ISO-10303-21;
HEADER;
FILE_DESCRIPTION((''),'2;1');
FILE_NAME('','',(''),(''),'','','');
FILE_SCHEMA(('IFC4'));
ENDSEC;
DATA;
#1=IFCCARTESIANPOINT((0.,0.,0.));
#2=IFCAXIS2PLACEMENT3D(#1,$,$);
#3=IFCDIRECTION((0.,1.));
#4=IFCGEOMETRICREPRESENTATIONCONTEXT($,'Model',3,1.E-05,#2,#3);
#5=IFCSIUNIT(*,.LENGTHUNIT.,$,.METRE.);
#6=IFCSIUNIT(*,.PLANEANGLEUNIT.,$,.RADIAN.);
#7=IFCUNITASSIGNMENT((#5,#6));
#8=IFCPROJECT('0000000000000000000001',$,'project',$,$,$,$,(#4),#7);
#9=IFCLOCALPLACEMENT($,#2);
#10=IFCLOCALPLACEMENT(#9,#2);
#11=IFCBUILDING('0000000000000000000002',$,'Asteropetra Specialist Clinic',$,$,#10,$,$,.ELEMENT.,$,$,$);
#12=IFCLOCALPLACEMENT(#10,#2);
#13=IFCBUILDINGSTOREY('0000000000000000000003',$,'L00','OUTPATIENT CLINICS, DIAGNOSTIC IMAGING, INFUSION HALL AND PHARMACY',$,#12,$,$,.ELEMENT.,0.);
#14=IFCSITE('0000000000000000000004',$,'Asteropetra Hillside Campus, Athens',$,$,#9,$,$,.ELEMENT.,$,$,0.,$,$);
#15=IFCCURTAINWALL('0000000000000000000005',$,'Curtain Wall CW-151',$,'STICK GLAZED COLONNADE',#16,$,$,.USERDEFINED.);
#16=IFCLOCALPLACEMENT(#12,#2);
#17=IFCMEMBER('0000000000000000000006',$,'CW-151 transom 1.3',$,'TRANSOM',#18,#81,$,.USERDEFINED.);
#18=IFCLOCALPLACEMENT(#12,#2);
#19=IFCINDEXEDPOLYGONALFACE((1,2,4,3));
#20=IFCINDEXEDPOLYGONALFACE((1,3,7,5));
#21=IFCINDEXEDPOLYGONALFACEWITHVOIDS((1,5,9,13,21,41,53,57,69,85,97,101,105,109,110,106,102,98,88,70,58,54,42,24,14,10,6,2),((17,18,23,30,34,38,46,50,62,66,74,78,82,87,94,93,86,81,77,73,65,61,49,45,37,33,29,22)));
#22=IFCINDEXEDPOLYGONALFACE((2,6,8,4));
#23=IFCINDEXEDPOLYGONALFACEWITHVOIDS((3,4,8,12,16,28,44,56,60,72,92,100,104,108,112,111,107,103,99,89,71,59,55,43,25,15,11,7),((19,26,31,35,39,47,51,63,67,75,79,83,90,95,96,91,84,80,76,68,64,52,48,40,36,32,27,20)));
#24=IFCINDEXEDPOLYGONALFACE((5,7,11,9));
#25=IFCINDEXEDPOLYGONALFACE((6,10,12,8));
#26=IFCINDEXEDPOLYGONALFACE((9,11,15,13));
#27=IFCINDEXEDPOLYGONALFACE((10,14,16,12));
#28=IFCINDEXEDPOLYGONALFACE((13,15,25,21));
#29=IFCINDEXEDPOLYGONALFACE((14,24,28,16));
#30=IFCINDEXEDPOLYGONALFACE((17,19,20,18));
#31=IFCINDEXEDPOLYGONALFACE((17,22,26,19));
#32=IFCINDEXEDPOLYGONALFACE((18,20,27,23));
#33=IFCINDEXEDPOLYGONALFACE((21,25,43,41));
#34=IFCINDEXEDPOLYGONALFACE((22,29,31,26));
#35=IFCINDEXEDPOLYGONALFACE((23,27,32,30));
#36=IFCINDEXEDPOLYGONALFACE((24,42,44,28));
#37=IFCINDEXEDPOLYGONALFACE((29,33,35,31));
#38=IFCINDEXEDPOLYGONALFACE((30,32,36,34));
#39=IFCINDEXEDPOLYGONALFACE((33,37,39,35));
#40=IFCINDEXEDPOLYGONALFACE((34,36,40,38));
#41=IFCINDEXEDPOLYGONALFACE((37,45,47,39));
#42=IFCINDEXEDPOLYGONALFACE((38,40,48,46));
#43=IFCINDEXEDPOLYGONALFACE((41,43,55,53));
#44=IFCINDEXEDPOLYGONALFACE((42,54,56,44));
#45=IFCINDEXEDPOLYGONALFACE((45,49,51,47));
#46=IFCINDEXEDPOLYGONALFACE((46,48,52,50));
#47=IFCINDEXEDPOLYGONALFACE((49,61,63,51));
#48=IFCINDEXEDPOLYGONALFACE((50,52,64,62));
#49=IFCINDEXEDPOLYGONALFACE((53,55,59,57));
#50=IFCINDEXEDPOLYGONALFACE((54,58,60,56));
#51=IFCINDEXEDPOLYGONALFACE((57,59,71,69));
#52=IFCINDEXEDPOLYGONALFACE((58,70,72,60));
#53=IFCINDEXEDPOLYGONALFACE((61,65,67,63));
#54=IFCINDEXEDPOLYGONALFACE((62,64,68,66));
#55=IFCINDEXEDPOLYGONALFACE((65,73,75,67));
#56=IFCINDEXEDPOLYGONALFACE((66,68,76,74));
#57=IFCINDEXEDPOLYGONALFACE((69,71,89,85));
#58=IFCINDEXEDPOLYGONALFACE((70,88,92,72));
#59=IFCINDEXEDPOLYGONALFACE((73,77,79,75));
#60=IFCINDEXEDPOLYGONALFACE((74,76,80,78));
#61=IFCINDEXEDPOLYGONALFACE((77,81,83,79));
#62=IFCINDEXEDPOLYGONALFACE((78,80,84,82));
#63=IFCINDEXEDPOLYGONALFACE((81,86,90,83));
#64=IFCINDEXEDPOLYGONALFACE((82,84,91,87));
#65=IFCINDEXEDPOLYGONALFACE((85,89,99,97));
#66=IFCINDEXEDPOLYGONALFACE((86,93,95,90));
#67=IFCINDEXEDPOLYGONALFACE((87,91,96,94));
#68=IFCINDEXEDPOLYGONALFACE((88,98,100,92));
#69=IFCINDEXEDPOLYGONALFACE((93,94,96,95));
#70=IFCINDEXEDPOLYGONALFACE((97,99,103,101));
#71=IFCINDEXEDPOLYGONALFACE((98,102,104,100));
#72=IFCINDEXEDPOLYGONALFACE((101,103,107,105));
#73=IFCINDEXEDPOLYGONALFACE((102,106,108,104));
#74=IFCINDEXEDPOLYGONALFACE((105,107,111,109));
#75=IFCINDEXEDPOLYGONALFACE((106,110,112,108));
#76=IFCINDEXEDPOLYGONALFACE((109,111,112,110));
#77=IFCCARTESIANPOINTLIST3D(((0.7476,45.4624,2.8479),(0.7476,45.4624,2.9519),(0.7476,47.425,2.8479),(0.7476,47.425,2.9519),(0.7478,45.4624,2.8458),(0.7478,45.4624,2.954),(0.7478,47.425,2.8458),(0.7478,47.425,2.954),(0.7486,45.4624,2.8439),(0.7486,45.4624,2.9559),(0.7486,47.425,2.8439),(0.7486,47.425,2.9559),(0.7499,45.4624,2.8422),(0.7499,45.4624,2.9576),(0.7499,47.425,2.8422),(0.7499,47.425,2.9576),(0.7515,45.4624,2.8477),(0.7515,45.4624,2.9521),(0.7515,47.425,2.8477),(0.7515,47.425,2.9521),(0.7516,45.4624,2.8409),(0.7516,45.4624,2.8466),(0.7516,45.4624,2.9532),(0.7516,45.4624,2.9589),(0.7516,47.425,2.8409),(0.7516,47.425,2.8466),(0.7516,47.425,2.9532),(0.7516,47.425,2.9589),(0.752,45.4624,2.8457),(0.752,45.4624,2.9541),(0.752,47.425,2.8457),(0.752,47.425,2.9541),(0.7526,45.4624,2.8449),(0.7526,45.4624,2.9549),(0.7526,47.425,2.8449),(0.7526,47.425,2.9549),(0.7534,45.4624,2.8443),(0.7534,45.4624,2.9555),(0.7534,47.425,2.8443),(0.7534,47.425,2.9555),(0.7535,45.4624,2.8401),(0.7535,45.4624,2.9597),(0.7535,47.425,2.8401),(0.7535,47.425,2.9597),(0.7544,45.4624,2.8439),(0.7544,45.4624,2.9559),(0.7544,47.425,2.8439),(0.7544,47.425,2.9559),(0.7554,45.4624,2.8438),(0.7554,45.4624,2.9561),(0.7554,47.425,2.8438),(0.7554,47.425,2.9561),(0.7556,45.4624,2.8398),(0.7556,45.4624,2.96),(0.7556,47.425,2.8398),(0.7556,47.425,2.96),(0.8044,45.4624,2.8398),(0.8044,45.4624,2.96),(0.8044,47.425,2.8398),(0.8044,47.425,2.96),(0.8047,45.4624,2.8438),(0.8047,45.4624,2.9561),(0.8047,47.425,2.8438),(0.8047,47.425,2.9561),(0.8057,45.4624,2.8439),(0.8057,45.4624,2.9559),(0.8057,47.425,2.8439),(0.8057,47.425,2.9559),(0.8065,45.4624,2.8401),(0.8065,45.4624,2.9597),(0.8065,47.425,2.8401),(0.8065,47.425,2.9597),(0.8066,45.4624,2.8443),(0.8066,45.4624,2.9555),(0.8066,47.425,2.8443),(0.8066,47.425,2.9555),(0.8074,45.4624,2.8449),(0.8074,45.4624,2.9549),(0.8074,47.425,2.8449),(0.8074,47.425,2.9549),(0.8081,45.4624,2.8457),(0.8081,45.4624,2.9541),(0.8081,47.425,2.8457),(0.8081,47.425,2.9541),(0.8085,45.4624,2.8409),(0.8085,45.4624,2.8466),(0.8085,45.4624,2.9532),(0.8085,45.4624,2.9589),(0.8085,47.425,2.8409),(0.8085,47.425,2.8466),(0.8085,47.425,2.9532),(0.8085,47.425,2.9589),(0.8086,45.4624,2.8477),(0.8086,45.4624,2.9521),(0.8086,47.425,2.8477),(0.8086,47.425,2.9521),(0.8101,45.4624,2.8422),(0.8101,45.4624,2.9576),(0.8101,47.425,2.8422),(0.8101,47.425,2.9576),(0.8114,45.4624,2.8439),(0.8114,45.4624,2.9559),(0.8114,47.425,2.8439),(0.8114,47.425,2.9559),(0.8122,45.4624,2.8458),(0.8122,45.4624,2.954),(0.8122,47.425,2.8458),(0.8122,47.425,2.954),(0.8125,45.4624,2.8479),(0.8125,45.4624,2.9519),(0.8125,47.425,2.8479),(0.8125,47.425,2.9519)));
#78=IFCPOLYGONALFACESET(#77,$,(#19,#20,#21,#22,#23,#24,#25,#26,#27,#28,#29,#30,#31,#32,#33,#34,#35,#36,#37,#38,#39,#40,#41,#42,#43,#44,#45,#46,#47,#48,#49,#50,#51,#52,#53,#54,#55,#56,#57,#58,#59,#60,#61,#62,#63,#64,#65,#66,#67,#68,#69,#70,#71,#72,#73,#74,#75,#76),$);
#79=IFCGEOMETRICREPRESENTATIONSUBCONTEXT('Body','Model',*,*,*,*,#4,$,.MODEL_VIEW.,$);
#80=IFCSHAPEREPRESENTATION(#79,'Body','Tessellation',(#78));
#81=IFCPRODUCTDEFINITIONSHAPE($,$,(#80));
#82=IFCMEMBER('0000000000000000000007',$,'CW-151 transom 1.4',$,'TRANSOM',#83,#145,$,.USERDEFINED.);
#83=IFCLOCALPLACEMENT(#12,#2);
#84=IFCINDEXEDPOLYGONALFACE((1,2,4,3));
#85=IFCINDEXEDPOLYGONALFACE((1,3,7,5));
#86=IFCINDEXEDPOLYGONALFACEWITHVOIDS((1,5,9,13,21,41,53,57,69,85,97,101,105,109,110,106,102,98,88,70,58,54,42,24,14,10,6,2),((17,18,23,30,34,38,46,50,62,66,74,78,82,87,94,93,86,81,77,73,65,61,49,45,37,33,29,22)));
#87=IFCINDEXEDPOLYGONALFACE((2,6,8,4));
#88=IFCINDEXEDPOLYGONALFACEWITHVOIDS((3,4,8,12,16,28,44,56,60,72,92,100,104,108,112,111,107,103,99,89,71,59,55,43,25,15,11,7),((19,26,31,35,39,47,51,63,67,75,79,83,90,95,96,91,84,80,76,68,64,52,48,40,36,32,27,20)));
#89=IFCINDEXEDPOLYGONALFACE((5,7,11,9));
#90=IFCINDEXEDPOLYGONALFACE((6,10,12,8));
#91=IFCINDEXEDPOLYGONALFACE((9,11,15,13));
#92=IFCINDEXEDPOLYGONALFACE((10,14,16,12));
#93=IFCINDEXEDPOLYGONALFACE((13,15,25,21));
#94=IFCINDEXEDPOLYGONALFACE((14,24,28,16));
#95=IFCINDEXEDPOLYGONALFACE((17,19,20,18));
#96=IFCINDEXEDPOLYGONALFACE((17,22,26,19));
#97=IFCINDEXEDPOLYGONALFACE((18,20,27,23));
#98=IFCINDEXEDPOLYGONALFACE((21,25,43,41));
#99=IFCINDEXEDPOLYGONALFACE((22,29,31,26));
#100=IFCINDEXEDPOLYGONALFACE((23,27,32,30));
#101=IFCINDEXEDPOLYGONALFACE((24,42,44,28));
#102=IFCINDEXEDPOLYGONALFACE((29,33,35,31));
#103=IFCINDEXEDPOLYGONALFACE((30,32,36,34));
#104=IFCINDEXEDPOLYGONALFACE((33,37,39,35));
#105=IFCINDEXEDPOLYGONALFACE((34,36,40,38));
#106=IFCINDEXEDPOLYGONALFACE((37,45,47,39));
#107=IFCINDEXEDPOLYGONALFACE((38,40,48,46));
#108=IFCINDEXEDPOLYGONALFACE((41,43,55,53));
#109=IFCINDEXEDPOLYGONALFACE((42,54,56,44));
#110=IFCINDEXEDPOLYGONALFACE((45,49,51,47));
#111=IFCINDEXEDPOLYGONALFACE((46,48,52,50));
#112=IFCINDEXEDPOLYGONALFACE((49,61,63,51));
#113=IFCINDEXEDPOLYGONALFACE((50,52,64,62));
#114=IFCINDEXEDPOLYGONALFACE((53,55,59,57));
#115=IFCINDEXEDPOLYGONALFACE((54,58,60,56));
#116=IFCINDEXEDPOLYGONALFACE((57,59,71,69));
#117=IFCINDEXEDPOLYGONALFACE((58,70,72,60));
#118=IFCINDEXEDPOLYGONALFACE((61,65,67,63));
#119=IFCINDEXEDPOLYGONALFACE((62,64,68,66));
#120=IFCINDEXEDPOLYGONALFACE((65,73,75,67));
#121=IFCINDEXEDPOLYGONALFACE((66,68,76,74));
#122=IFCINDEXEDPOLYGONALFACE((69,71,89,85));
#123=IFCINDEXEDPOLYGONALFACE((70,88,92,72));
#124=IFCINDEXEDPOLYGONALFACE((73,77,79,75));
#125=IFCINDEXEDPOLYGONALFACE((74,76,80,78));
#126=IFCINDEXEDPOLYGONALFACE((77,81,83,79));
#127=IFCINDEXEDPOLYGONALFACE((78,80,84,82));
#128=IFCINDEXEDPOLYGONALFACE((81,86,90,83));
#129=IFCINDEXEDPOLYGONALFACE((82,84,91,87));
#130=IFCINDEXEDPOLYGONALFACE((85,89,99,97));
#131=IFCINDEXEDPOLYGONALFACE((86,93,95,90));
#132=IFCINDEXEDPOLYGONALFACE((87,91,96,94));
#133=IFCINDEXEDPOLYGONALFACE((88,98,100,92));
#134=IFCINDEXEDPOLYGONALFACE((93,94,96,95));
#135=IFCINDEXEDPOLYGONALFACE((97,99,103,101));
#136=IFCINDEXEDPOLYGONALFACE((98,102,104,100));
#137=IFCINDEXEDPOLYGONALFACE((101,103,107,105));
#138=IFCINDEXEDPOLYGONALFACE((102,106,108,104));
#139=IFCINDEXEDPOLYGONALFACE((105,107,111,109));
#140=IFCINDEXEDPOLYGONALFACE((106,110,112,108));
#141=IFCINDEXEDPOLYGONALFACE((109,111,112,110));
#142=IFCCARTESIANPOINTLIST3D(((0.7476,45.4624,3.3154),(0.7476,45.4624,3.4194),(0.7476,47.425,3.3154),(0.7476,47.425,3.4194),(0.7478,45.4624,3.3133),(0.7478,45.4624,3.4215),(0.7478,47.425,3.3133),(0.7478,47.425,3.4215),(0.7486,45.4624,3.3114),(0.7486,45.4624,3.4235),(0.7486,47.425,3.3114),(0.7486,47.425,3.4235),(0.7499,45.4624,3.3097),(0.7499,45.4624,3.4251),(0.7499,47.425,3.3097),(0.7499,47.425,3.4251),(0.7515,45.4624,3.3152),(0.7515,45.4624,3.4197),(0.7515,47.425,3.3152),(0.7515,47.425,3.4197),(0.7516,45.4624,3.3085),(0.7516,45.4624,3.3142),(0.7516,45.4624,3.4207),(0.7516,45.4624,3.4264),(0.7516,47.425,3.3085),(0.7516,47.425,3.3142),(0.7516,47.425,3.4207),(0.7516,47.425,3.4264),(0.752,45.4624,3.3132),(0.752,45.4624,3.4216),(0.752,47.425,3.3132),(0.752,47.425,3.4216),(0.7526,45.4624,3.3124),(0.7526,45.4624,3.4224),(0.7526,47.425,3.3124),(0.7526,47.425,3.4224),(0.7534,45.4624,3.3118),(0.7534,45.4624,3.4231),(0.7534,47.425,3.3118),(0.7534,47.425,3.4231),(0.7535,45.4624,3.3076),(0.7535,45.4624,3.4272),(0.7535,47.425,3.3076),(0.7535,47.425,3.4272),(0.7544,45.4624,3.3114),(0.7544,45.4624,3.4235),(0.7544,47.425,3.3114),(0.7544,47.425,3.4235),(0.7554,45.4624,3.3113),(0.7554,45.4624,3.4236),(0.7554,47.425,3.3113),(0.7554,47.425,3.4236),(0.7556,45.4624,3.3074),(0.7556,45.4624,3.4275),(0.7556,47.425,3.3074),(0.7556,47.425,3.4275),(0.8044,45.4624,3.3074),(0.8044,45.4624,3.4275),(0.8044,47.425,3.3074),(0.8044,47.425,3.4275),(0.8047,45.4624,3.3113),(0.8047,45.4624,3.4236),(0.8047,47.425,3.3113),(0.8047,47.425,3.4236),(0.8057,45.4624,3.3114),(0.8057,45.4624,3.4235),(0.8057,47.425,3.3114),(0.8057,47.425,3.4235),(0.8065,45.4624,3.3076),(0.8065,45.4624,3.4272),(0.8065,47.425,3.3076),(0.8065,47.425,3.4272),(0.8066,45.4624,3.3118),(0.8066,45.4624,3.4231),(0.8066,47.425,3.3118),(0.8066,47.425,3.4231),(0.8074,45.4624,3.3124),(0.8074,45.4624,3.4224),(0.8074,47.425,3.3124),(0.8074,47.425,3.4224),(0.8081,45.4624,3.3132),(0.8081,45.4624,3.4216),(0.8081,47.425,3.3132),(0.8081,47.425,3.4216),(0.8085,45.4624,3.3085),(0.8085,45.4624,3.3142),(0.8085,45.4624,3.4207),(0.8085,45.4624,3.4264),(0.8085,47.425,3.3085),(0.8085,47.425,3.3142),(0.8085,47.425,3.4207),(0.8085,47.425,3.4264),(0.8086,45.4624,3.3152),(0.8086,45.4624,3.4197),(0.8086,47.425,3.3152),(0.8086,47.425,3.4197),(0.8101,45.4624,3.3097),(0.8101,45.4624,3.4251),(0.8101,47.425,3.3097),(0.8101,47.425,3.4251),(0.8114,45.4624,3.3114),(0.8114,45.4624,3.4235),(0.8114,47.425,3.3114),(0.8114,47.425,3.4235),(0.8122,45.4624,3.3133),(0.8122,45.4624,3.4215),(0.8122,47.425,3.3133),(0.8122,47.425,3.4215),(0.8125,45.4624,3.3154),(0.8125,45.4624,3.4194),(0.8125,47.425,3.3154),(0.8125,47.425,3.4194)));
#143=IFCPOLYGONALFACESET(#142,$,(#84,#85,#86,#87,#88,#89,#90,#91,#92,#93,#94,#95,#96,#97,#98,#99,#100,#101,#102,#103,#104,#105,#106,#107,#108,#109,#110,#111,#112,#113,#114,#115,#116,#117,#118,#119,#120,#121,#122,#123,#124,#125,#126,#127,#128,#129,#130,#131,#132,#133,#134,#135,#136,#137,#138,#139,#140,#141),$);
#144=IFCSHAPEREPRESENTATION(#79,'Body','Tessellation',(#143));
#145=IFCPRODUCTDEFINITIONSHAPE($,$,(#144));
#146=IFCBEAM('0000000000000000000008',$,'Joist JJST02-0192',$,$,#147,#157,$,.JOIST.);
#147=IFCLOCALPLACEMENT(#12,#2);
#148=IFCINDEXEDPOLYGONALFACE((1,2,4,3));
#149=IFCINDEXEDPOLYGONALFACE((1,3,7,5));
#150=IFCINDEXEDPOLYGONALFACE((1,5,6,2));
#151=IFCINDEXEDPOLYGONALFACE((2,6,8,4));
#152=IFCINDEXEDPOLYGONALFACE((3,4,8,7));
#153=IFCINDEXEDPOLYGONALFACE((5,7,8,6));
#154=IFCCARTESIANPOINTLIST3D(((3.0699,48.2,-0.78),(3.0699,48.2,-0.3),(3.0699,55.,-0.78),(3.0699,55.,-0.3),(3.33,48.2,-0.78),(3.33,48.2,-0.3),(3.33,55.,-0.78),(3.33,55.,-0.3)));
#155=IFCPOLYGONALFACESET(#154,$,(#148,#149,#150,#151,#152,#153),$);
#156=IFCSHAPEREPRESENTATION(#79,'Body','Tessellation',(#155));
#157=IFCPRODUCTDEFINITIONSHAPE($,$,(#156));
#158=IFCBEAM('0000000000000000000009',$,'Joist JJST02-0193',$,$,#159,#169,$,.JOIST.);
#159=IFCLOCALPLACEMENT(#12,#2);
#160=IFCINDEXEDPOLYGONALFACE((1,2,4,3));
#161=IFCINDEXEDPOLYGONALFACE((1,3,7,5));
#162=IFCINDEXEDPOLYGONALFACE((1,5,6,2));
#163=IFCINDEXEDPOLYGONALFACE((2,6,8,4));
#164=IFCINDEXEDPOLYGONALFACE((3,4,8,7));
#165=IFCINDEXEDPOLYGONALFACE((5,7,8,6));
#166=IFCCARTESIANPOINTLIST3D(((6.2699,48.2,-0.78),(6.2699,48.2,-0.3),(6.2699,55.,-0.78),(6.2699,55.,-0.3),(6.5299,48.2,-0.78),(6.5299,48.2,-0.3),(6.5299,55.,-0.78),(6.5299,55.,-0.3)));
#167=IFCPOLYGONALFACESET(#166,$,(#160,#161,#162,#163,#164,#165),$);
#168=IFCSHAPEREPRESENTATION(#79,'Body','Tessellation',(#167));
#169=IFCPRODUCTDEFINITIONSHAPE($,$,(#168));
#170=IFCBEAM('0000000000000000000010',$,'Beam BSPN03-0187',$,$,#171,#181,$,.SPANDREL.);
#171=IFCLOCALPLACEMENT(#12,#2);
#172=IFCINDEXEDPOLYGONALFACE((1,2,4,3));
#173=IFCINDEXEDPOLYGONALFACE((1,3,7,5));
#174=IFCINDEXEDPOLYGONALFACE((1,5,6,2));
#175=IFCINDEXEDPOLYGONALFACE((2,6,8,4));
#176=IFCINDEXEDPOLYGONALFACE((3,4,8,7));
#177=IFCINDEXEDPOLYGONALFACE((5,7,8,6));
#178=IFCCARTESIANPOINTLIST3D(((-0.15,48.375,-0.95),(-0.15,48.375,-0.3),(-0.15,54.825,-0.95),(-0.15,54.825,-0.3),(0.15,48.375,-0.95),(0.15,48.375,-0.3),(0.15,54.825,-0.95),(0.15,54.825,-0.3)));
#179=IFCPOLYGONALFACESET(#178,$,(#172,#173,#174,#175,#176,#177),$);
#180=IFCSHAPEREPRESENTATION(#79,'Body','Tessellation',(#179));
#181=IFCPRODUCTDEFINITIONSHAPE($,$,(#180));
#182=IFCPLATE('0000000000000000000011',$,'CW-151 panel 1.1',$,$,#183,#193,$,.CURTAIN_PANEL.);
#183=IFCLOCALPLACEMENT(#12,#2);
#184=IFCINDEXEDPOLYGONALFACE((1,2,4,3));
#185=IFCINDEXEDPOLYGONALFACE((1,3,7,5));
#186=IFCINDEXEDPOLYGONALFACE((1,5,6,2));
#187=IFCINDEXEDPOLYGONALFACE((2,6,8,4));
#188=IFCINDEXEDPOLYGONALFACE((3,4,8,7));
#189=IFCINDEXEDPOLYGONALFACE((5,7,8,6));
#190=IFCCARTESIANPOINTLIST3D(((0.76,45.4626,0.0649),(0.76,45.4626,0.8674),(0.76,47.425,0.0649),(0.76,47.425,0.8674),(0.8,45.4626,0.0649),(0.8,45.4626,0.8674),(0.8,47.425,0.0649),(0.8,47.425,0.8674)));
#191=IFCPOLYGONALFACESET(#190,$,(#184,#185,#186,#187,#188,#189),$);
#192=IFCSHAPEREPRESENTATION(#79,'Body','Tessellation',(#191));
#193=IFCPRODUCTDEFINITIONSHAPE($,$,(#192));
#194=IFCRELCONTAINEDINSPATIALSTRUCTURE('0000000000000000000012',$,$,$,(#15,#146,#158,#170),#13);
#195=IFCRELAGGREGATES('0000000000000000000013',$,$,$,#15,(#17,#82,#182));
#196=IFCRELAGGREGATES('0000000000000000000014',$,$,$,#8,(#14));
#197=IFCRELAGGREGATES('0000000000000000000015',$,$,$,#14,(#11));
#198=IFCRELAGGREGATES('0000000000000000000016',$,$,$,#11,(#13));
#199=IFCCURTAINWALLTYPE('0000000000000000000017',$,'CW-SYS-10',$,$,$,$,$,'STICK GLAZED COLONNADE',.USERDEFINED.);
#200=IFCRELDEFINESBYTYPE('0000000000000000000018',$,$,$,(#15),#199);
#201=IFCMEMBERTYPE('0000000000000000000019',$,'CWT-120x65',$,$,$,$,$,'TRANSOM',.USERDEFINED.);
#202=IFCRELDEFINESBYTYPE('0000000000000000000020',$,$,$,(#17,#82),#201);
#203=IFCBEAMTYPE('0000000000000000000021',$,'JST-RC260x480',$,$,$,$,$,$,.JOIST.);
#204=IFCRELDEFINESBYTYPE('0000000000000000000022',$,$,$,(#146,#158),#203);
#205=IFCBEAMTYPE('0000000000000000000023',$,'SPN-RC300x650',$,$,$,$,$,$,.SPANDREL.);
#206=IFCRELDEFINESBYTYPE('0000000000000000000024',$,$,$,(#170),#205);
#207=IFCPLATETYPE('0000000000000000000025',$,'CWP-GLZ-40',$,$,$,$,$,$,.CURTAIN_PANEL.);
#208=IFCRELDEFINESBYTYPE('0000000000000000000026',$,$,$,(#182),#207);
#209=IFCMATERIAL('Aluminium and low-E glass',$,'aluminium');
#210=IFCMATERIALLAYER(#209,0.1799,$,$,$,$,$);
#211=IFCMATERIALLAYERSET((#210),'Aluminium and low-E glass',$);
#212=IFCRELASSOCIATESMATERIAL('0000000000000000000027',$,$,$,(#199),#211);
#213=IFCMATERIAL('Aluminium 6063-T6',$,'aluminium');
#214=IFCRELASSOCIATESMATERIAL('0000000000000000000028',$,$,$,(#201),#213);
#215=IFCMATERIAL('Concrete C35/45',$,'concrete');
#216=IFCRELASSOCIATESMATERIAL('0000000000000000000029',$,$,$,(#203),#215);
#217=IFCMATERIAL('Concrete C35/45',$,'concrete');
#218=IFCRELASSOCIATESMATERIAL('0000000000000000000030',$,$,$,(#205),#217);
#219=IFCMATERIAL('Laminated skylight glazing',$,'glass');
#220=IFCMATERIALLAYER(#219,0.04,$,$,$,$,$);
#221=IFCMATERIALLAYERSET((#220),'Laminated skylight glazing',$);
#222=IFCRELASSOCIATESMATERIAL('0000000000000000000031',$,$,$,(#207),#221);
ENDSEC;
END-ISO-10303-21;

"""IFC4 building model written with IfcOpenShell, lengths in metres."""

from ifc_helpers import new_model, si_unit, direction, frame, origin, origin_2d, place, context, subcontext, project, spatial, rectangle, hollow_rectangle, extrude, material, layer, layer_set, material_profile, profile_set, type_object, element, aggregate, save


model = new_model("IFC4")

# Units and contexts
model_context = context("Model", 3, precision=1e-05, world=origin(), true_north=direction((0.0, 1.0)))
body_context = subcontext(model_context, "Body", "Model", "MODEL_VIEW")
ifc_project = project(units=[si_unit("LENGTHUNIT", "METRE"), si_unit("PLANEANGLEUNIT", "RADIAN")], contexts=[model_context])

# Site, building, storey
site_placement = place(None, origin())
site = spatial("IfcSite", under=ifc_project, at=site_placement, Name="Asteropetra Hillside Campus, Athens", CompositionType="ELEMENT", RefElevation=0.0)
building_placement = place(site_placement, origin())
building = spatial("IfcBuilding", under=site, at=building_placement, Name="Asteropetra Specialist Clinic", CompositionType="ELEMENT")
storey_placement = place(building_placement, origin())
storey = spatial("IfcBuildingStorey", under=building, at=storey_placement, Name="L00", Description="OUTPATIENT CLINICS, DIAGNOSTIC IMAGING, INFUSION HALL AND PHARMACY", CompositionType="ELEMENT", Elevation=0.0)

# Curtain wall, members
ifc_material_1 = material(Name="Aluminium and low-E glass", Category="aluminium")
ifc_layer_1 = layer(ifc_material_1, 0.1799)
ifc_layer_set_1 = layer_set([ifc_layer_1], Name="Aluminium and low-E glass")
curtain_wall_type = type_object("IfcCurtainWallType", Name="CW-SYS-10", ElementType="STICK GLAZED COLONNADE", PredefinedType="USERDEFINED", material=ifc_layer_set_1)
curtain_wall_placement = place(storey_placement, origin())
curtain_wall = element("IfcCurtainWall", 1, at=curtain_wall_placement, inside=storey, type_object=curtain_wall_type, Name="Curtain Wall CW-151", ObjectType="STICK GLAZED COLONNADE", PredefinedType="USERDEFINED")
ifc_material_2 = material(Name="Aluminium 6063-T6", Category="aluminium")
ifc_material_profile_1 = material_profile(ifc_material_2, hollow_rectangle(XDim=0.0649, YDim=0.1201, WallThickness=0.0039, InnerFilletRadius=0.0039, OuterFilletRadius=0.0081, at=origin_2d()), Name="TRN 120x65x4.0")
ifc_profile_set_1 = profile_set([ifc_material_profile_1], Name="Aluminium 6063-T6")
member_type_1 = type_object("IfcMemberType", Name="CWT-120x65", ElementType="TRANSOM", PredefinedType="USERDEFINED", material=ifc_profile_set_1)
member_1_placement = place(storey_placement, frame((0.78, 47.425, 2.8999), z_axis=(0.0, -1.0, 0.0), x_axis=(1.0, 0.0, 0.0)))
member_1 = element("IfcMember", 2, at=member_1_placement, type_object=member_type_1, Name="CW-151 transom 1.3", ObjectType="TRANSOM", PredefinedType="USERDEFINED", context=body_context, shape_type="SweptSolid", body=[
    extrude(hollow_rectangle(XDim=0.0649, YDim=0.1201, WallThickness=0.0039, InnerFilletRadius=0.0039, OuterFilletRadius=0.0081, at=origin_2d()), origin(), (0.0, 0.0, 1.0), 1.9626),
])
member_2_placement = place(storey_placement, frame((0.78, 47.425, 3.3674), z_axis=(0.0, -1.0, 0.0), x_axis=(1.0, 0.0, 0.0)))
member_2 = element("IfcMember", 3, at=member_2_placement, type_object=member_type_1, Name="CW-151 transom 1.4", ObjectType="TRANSOM", PredefinedType="USERDEFINED", context=body_context, shape_type="SweptSolid", body=[
    extrude(hollow_rectangle(XDim=0.0649, YDim=0.1201, WallThickness=0.0039, InnerFilletRadius=0.0039, OuterFilletRadius=0.0081, at=origin_2d()), origin(), (0.0, 0.0, 1.0), 1.9626),
])

# Beams
ifc_material_3 = material(Name="Concrete C35/45", Category="concrete")
ifc_material_profile_2 = material_profile(ifc_material_3, rectangle(XDim=0.26, YDim=0.48, at=origin_2d()), Name="RCJ 260x480")
ifc_profile_set_2 = profile_set([ifc_material_profile_2], Name="Concrete C35/45")
beam_type_1 = type_object("IfcBeamType", Name="JST-RC260x480", PredefinedType="JOIST", material=ifc_profile_set_2)
for number, where, z_axis, x_axis, name in (
    (4, (3.2, 48.2, -0.54), (0.0, 1.0, 0.0), (-1.0, 0.0, 0.0), "Joist JJST02-0192"),
    (5, (6.3999, 48.2, -0.54), (0.0, 1.0, 0.0), (-1.0, 0.0, 0.0), "Joist JJST02-0193"),
):
    element("IfcBeam", number, at=place(storey_placement, frame(where, z_axis=z_axis, x_axis=x_axis)), inside=storey, type_object=beam_type_1, Name=name, PredefinedType="JOIST", context=body_context, shape_type="SweptSolid", body=[
        extrude(rectangle(XDim=0.26, YDim=0.48, at=origin_2d()), origin(), (0.0, 0.0, 1.0), 6.8),
    ])
ifc_material_4 = material(Name="Concrete C35/45", Category="concrete")
ifc_material_profile_3 = material_profile(ifc_material_4, rectangle(XDim=0.3, YDim=0.6499, at=origin_2d()), Name="RCS 300x650")
ifc_profile_set_3 = profile_set([ifc_material_profile_3], Name="Concrete C35/45")
beam_type_2 = type_object("IfcBeamType", Name="SPN-RC300x650", PredefinedType="SPANDREL", material=ifc_profile_set_3)
beam_1_placement = place(storey_placement, frame((0.0, 48.375, -0.625), z_axis=(0.0, 1.0, 0.0), x_axis=(-1.0, 0.0, 0.0)))
element("IfcBeam", 6, at=beam_1_placement, inside=storey, type_object=beam_type_2, Name="Beam BSPN03-0187", PredefinedType="SPANDREL", context=body_context, shape_type="SweptSolid", body=[
    extrude(rectangle(XDim=0.3, YDim=0.6499, at=origin_2d()), origin(), (0.0, 0.0, 1.0), 6.45),
])

# Plate
ifc_material_5 = material(Name="Laminated skylight glazing", Category="glass")
ifc_layer_2 = layer(ifc_material_5, 0.04)
ifc_layer_set_2 = layer_set([ifc_layer_2], Name="Laminated skylight glazing")
plate_type = type_object("IfcPlateType", Name="CWP-GLZ-40", PredefinedType="CURTAIN_PANEL", material=ifc_layer_set_2)
plate_1_placement = place(storey_placement, frame((0.78, 46.4438, 0.0649), z_axis=(0.0, 0.0, 1.0), x_axis=(0.0, -1.0, 0.0)))
plate_1 = element("IfcPlate", 7, at=plate_1_placement, type_object=plate_type, Name="CW-151 panel 1.1", PredefinedType="CURTAIN_PANEL", context=body_context, shape_type="SweptSolid", body=[
    extrude(rectangle(XDim=1.9624, YDim=0.04, at=origin_2d()), origin(), (0.0, 0.0, 1.0), 0.8025),
])
aggregate(curtain_wall, [member_1, member_2, plate_1])

save(model, "model.ifc")
